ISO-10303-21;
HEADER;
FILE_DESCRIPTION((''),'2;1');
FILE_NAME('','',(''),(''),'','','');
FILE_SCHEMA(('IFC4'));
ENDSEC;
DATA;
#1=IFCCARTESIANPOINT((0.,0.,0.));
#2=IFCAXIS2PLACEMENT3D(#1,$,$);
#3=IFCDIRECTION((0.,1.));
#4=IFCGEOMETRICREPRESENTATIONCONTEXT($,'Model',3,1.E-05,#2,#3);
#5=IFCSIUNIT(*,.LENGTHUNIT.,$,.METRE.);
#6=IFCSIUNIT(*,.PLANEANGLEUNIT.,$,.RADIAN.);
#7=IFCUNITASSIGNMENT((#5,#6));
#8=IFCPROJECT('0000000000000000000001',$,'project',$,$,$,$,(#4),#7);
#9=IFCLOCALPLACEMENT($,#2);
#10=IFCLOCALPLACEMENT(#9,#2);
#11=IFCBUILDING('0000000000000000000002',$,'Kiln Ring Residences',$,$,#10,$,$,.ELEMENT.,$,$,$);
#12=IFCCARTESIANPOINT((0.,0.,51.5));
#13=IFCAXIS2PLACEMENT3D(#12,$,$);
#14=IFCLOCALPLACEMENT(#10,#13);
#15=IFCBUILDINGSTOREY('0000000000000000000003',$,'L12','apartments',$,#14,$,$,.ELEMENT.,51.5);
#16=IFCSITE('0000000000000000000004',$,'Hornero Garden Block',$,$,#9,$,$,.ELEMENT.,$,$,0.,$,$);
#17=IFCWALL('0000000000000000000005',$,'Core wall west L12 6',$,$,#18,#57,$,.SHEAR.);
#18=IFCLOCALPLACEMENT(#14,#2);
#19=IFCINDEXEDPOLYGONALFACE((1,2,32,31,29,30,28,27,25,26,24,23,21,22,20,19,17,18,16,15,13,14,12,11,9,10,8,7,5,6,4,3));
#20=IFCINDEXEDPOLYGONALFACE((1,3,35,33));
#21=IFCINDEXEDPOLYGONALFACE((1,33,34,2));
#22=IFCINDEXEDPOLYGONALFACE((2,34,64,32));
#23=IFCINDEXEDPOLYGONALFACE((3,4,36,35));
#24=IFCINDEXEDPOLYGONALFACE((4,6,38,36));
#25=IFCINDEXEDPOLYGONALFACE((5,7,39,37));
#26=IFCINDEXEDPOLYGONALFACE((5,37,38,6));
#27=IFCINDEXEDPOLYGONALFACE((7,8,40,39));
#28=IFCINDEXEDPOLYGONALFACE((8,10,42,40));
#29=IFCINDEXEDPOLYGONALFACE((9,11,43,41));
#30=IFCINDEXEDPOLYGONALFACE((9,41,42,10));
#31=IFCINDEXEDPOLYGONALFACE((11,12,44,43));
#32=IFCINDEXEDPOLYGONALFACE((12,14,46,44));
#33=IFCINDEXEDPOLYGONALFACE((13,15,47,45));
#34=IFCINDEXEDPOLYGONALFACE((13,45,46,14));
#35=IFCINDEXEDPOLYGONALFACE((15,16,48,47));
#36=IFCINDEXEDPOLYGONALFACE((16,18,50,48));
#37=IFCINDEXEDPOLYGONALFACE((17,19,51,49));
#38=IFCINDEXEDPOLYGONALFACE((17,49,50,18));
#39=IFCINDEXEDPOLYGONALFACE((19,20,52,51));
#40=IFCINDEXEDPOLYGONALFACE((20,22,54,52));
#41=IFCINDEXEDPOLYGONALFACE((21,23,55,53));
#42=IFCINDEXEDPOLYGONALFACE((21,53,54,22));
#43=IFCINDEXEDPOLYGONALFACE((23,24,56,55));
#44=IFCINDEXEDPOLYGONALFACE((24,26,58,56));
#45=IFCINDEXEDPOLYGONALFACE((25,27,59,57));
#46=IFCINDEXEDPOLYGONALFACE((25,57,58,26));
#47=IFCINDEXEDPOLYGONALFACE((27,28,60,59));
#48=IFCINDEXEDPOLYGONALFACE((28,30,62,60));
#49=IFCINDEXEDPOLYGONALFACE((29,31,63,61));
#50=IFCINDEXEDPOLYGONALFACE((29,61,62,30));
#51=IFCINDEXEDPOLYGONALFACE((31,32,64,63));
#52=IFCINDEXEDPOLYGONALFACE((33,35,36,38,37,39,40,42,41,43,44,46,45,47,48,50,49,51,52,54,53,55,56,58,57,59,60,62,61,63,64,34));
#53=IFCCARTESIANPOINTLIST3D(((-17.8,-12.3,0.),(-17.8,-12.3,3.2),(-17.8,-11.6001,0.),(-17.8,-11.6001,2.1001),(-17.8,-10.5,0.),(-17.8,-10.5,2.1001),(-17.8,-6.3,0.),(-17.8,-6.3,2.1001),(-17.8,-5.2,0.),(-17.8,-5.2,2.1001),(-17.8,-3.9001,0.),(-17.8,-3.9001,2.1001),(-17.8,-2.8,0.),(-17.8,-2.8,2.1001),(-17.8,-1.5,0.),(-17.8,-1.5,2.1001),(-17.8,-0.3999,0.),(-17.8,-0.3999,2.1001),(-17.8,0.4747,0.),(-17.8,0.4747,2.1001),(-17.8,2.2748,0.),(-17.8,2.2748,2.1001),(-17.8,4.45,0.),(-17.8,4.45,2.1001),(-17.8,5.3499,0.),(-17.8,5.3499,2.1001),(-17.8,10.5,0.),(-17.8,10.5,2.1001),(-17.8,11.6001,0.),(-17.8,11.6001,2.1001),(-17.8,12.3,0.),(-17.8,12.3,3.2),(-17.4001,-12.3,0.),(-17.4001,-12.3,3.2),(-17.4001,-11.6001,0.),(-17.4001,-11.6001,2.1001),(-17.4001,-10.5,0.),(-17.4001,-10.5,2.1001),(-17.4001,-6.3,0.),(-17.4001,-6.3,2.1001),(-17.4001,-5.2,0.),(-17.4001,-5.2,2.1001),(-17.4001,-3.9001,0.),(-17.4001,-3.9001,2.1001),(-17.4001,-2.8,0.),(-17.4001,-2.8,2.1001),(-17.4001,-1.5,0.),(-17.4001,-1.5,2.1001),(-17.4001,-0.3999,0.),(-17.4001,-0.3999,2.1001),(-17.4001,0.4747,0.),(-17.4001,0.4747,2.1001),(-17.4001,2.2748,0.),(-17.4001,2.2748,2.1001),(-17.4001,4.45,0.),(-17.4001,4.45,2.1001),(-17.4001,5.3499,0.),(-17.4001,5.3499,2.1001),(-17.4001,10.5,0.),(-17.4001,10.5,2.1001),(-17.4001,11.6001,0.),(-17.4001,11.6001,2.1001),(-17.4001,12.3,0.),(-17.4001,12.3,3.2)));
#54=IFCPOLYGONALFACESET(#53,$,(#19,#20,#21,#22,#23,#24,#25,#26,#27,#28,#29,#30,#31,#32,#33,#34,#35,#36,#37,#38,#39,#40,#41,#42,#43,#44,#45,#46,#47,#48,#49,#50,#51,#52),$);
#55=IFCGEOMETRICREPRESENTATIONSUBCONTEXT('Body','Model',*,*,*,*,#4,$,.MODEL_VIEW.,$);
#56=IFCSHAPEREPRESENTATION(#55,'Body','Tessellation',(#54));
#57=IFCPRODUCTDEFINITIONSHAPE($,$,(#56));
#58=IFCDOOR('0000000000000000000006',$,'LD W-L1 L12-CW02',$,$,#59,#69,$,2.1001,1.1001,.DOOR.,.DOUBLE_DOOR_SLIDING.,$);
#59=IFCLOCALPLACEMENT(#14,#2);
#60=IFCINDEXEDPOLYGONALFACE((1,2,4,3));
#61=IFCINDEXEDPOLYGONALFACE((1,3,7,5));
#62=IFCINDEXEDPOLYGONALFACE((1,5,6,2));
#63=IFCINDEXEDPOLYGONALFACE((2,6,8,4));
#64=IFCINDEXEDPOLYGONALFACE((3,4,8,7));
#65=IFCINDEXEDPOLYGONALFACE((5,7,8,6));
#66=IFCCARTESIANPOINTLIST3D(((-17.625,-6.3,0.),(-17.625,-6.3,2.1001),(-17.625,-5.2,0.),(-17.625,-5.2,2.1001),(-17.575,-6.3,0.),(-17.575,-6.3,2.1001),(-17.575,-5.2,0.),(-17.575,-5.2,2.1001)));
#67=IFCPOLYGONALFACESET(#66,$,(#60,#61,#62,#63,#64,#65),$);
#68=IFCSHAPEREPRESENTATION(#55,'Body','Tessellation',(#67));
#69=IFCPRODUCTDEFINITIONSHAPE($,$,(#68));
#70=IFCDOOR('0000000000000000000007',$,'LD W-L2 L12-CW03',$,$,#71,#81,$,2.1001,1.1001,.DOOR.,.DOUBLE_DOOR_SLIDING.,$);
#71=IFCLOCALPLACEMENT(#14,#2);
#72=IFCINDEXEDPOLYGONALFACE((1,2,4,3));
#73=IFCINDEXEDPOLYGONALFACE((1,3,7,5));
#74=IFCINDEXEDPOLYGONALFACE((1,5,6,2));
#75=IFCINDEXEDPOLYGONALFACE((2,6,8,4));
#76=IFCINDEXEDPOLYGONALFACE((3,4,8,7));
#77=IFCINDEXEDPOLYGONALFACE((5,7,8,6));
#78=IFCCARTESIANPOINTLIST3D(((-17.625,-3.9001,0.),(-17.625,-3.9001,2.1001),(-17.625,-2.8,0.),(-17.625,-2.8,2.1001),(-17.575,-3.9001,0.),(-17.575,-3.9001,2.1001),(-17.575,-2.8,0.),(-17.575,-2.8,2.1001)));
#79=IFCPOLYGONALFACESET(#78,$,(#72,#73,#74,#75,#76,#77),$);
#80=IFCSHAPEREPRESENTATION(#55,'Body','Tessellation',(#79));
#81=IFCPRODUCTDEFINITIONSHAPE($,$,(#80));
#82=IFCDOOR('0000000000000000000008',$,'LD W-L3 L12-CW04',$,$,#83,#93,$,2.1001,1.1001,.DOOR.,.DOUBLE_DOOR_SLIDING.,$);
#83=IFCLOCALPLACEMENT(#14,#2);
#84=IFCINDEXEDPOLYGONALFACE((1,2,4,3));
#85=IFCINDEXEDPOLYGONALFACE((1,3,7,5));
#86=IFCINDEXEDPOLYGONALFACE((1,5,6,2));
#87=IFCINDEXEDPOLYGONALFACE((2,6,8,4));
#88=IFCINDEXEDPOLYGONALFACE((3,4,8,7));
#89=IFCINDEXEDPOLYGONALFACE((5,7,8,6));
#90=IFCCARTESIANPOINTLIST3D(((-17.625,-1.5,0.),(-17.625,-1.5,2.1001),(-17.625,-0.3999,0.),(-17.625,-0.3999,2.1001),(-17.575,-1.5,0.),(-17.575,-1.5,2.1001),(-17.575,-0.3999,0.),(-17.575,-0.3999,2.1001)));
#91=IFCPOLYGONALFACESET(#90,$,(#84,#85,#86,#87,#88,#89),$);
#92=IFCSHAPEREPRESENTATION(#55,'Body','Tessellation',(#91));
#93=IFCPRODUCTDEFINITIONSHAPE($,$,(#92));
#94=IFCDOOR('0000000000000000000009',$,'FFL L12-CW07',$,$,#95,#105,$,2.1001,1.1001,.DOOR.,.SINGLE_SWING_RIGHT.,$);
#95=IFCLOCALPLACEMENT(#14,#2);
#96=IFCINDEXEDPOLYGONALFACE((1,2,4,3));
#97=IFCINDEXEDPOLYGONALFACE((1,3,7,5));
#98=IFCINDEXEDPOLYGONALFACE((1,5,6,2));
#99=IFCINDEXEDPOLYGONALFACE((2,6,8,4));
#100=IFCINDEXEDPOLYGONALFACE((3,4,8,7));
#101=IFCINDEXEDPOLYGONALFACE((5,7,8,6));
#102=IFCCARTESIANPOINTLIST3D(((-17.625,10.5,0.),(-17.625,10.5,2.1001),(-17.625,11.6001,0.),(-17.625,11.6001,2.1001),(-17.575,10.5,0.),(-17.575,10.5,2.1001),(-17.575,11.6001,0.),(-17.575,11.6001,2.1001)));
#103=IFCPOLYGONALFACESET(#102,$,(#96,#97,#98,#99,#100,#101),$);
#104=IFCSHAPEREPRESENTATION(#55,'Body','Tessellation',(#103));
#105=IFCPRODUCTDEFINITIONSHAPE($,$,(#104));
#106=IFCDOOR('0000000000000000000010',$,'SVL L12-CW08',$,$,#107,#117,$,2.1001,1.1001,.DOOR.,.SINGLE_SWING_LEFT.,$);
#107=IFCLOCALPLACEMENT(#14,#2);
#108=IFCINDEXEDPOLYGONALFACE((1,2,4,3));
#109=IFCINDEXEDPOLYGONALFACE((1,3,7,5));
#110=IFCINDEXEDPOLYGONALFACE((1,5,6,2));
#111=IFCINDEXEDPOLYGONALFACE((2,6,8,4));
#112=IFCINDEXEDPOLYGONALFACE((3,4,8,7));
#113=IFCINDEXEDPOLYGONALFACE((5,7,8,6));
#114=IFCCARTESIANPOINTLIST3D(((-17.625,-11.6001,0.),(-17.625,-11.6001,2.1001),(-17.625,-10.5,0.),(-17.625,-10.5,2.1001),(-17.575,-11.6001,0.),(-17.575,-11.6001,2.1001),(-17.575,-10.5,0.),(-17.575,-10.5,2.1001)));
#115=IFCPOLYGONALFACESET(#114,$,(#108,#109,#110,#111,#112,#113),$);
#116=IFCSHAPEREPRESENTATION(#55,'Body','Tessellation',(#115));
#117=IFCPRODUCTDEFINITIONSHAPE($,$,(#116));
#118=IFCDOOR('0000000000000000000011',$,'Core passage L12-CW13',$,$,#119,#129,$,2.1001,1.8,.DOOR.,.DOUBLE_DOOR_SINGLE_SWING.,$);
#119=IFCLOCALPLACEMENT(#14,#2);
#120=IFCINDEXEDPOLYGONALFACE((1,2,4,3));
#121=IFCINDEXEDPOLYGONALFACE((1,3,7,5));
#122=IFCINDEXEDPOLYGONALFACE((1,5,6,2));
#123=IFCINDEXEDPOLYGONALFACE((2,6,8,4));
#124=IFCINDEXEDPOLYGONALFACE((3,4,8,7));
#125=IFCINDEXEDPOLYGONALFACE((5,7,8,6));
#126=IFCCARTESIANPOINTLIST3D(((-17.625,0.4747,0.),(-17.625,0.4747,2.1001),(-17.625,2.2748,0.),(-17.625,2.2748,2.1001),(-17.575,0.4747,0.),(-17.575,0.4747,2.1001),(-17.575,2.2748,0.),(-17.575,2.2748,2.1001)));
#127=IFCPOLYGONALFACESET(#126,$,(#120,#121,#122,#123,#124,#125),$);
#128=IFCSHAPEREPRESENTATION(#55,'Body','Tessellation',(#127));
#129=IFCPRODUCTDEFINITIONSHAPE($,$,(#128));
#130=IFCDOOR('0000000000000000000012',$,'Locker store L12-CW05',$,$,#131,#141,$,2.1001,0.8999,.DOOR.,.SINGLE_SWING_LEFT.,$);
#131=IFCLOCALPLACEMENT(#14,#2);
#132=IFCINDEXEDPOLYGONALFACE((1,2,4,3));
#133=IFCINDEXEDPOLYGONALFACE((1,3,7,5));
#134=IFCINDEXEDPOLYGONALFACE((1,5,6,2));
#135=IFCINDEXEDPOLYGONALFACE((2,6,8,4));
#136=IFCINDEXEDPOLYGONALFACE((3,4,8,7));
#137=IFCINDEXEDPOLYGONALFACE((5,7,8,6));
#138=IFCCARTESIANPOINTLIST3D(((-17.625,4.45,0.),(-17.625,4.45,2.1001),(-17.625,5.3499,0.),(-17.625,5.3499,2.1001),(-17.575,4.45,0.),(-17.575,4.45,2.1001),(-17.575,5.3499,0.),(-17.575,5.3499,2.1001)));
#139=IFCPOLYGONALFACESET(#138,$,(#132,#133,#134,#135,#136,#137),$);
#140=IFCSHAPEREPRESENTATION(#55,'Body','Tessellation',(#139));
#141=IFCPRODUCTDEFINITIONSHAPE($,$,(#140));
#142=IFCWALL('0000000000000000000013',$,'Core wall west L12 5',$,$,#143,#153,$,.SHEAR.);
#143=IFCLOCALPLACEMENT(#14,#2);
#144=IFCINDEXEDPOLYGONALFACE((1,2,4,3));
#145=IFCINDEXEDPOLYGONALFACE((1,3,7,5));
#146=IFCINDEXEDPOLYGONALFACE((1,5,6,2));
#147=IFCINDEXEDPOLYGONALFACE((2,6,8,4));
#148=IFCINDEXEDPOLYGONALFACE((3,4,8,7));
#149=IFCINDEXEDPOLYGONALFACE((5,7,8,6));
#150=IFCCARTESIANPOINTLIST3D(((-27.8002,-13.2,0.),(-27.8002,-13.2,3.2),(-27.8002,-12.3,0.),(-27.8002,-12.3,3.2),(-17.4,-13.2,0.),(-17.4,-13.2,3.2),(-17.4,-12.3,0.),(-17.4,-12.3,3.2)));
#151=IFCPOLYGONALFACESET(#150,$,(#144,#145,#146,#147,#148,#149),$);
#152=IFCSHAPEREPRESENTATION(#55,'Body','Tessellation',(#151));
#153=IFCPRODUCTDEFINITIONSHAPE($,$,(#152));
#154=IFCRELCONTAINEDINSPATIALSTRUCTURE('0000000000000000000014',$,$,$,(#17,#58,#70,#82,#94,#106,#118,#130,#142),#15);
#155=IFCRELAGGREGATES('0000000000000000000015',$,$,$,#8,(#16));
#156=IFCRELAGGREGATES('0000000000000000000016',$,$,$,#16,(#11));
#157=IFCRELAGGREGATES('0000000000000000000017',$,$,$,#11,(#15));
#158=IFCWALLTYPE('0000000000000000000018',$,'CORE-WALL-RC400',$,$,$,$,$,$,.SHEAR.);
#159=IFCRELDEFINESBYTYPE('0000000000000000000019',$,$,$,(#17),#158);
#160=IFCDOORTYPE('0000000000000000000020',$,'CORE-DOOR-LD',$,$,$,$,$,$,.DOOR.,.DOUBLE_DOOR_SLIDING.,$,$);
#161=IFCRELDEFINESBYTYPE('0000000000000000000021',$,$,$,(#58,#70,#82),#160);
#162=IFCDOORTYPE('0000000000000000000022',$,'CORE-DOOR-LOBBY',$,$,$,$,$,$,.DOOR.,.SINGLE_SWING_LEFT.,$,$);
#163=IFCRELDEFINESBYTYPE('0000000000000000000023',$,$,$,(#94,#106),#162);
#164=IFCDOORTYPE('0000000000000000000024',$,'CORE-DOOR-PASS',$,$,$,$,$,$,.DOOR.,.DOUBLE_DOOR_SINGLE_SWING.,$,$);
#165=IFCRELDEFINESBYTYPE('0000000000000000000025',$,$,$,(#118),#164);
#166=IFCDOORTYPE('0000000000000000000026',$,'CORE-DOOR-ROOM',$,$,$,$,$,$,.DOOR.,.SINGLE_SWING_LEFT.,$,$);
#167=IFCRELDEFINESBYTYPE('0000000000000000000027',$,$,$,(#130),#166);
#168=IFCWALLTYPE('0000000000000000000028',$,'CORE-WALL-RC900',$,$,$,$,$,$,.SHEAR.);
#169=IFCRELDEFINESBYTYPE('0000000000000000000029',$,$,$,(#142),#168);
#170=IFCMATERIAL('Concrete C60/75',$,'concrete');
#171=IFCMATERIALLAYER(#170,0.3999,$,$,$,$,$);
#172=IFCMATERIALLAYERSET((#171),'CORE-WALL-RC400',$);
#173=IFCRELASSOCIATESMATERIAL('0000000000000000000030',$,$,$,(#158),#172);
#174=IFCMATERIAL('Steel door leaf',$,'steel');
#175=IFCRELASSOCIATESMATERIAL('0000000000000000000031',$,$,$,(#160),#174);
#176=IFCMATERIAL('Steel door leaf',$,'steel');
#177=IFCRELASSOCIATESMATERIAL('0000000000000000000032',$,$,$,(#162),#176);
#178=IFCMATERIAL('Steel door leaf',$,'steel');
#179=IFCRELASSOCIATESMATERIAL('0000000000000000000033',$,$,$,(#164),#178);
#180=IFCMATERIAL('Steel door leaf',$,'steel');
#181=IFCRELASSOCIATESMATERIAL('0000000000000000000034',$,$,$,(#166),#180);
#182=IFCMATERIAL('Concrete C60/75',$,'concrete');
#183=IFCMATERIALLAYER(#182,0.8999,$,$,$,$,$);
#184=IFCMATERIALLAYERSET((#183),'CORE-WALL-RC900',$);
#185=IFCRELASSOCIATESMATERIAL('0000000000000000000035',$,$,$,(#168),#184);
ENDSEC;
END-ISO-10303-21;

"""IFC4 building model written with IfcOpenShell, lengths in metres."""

from ifc_helpers import new_model, si_unit, direction, frame, frame_2d, origin, place, context, subcontext, project, spatial, rectangle, extrude, material, layer, layer_set, type_object, element, fill, save


model = new_model("IFC4")

# Units and contexts
model_context = context("Model", 3, precision=1e-05, world=origin(), true_north=direction((0.0, 1.0)))
body_context = subcontext(model_context, "Body", "Model", "MODEL_VIEW")
ifc_project = project(units=[si_unit("LENGTHUNIT", "METRE"), si_unit("PLANEANGLEUNIT", "RADIAN")], contexts=[model_context])

# Site, building, storey
site_placement = place(None, origin())
site = spatial("IfcSite", under=ifc_project, at=site_placement, Name="Hornero Garden Block", CompositionType="ELEMENT", RefElevation=0.0)
building_placement = place(site_placement, origin())
building = spatial("IfcBuilding", under=site, at=building_placement, Name="Kiln Ring Residences", CompositionType="ELEMENT")
storey_placement = place(building_placement, frame((0.0, 0.0, 51.5)))
storey = spatial("IfcBuildingStorey", under=building, at=storey_placement, Name="L12", Description="apartments", CompositionType="ELEMENT", Elevation=51.5)

# Wall, openings, doors
ifc_material_1 = material(Name="Concrete C60/75", Category="concrete")
ifc_layer_1 = layer(ifc_material_1, 0.3999)
ifc_layer_set_1 = layer_set([ifc_layer_1], Name="CORE-WALL-RC400")
wall_type_1 = type_object("IfcWallType", Name="CORE-WALL-RC400", PredefinedType="SHEAR", material=ifc_layer_set_1)
wall_1_placement = place(storey_placement, frame((-17.6001, -12.3, 0.0), z_axis=(0.0, 0.0, 1.0), x_axis=(0.0, 1.0, 0.0)))
wall_1 = element("IfcWall", 1, at=wall_1_placement, inside=storey, type_object=wall_type_1, Name="Core wall west L12 6", PredefinedType="SHEAR", context=body_context, shape_type="SweptSolid", body=[
    extrude(rectangle(XDim=24.6001, YDim=0.3999, at=frame_2d((12.3, 0.0))), origin(), (0.0, 0.0, 1.0), 3.2),
])
opening_1_placement = place(wall_1_placement, frame((6.0, 0.0, 0.0)))
opening_1 = element("IfcOpeningElement", 2, at=opening_1_placement, cuts=wall_1, PredefinedType="OPENING", context=body_context, shape_type="SweptSolid", body=[
    extrude(rectangle(XDim=1.1001, YDim=2.1001, at=frame_2d((0.55, 1.05))), frame((0.0, 0.21, 0.0), z_axis=(0.0, -1.0, 0.0), x_axis=(1.0, 0.0, 0.0)), (0.0, 0.0, 1.0), 0.4199),
])
opening_2_placement = place(wall_1_placement, frame((8.3999, 0.0, 0.0)))
opening_2 = element("IfcOpeningElement", 3, at=opening_2_placement, cuts=wall_1, PredefinedType="OPENING", context=body_context, shape_type="SweptSolid", body=[
    extrude(rectangle(XDim=1.1001, YDim=2.1001, at=frame_2d((0.55, 1.05))), frame((0.0, 0.21, 0.0), z_axis=(0.0, -1.0, 0.0), x_axis=(1.0, 0.0, 0.0)), (0.0, 0.0, 1.0), 0.4199),
])
opening_3_placement = place(wall_1_placement, frame((10.8, 0.0, 0.0)))
opening_3 = element("IfcOpeningElement", 4, at=opening_3_placement, cuts=wall_1, PredefinedType="OPENING", context=body_context, shape_type="SweptSolid", body=[
    extrude(rectangle(XDim=1.1001, YDim=2.1001, at=frame_2d((0.55, 1.05))), frame((0.0, 0.21, 0.0), z_axis=(0.0, -1.0, 0.0), x_axis=(1.0, 0.0, 0.0)), (0.0, 0.0, 1.0), 0.4199),
])
opening_4_placement = place(wall_1_placement, frame((16.75, 0.0, 0.0)))
opening_4 = element("IfcOpeningElement", 5, at=opening_4_placement, cuts=wall_1, PredefinedType="OPENING", context=body_context, shape_type="SweptSolid", body=[
    extrude(rectangle(XDim=0.8999, YDim=2.1001, at=frame_2d((0.45, 1.05))), frame((0.0, 0.21, 0.0), z_axis=(0.0, -1.0, 0.0), x_axis=(1.0, 0.0, 0.0)), (0.0, 0.0, 1.0), 0.4199),
])
opening_5_placement = place(wall_1_placement, frame((22.8, 0.0, 0.0)))
opening_5 = element("IfcOpeningElement", 6, at=opening_5_placement, cuts=wall_1, PredefinedType="OPENING", context=body_context, shape_type="SweptSolid", body=[
    extrude(rectangle(XDim=1.1001, YDim=2.1001, at=frame_2d((0.55, 1.05))), frame((0.0, 0.21, 0.0), z_axis=(0.0, -1.0, 0.0), x_axis=(1.0, 0.0, 0.0)), (0.0, 0.0, 1.0), 0.4199),
])
opening_6_placement = place(wall_1_placement, frame((0.7, 0.0, 0.0)))
opening_6 = element("IfcOpeningElement", 7, at=opening_6_placement, cuts=wall_1, PredefinedType="OPENING", context=body_context, shape_type="SweptSolid", body=[
    extrude(rectangle(XDim=1.1001, YDim=2.1001, at=frame_2d((0.55, 1.05))), frame((0.0, 0.21, 0.0), z_axis=(0.0, -1.0, 0.0), x_axis=(1.0, 0.0, 0.0)), (0.0, 0.0, 1.0), 0.4199),
])
opening_7_placement = place(wall_1_placement, frame((12.7749, 0.0, 0.0)))
opening_7 = element("IfcOpeningElement", 8, at=opening_7_placement, cuts=wall_1, PredefinedType="OPENING", context=body_context, shape_type="SweptSolid", body=[
    extrude(rectangle(XDim=1.8, YDim=2.1001, at=frame_2d((0.8999, 1.05))), frame((0.0, 0.21, 0.0), z_axis=(0.0, -1.0, 0.0), x_axis=(1.0, 0.0, 0.0)), (0.0, 0.0, 1.0), 0.4199),
])
ifc_material_2 = material(Name="Steel door leaf", Category="steel")
door_type_1 = type_object("IfcDoorType", Name="CORE-DOOR-LD", OperationType="DOUBLE_DOOR_SLIDING", PredefinedType="DOOR", material=ifc_material_2)
door_1_placement = place(opening_1_placement, origin())
door_1 = element("IfcDoor", 9, at=door_1_placement, inside=storey, type_object=door_type_1, Name="LD W-L1 L12-CW02", OperationType="DOUBLE_DOOR_SLIDING", OverallHeight=2.1001, OverallWidth=1.1001, PredefinedType="DOOR", context=body_context, shape_type="SweptSolid", body=[
    extrude(rectangle(XDim=1.1001, YDim=2.1001, at=frame_2d((0.55, 1.05))), frame((0.0, 0.0249, 0.0), z_axis=(0.0, -1.0, 0.0), x_axis=(1.0, 0.0, 0.0)), (0.0, 0.0, 1.0), 0.05),
])
fill(opening_1, door_1)
door_2_placement = place(opening_2_placement, origin())
door_2 = element("IfcDoor", 10, at=door_2_placement, inside=storey, type_object=door_type_1, Name="LD W-L2 L12-CW03", OperationType="DOUBLE_DOOR_SLIDING", OverallHeight=2.1001, OverallWidth=1.1001, PredefinedType="DOOR", context=body_context, shape_type="SweptSolid", body=[
    extrude(rectangle(XDim=1.1001, YDim=2.1001, at=frame_2d((0.55, 1.05))), frame((0.0, 0.0249, 0.0), z_axis=(0.0, -1.0, 0.0), x_axis=(1.0, 0.0, 0.0)), (0.0, 0.0, 1.0), 0.05),
])
fill(opening_2, door_2)
door_3_placement = place(opening_3_placement, origin())
door_3 = element("IfcDoor", 11, at=door_3_placement, inside=storey, type_object=door_type_1, Name="LD W-L3 L12-CW04", OperationType="DOUBLE_DOOR_SLIDING", OverallHeight=2.1001, OverallWidth=1.1001, PredefinedType="DOOR", context=body_context, shape_type="SweptSolid", body=[
    extrude(rectangle(XDim=1.1001, YDim=2.1001, at=frame_2d((0.55, 1.05))), frame((0.0, 0.0249, 0.0), z_axis=(0.0, -1.0, 0.0), x_axis=(1.0, 0.0, 0.0)), (0.0, 0.0, 1.0), 0.05),
])
fill(opening_3, door_3)
ifc_material_3 = material(Name="Steel door leaf", Category="steel")
door_type_2 = type_object("IfcDoorType", Name="CORE-DOOR-LOBBY", OperationType="SINGLE_SWING_LEFT", PredefinedType="DOOR", material=ifc_material_3)
door_4_placement = place(opening_5_placement, origin())
door_4 = element("IfcDoor", 12, at=door_4_placement, inside=storey, type_object=door_type_2, Name="FFL L12-CW07", OperationType="SINGLE_SWING_RIGHT", OverallHeight=2.1001, OverallWidth=1.1001, PredefinedType="DOOR", context=body_context, shape_type="SweptSolid", body=[
    extrude(rectangle(XDim=1.1001, YDim=2.1001, at=frame_2d((0.55, 1.05))), frame((0.0, 0.0249, 0.0), z_axis=(0.0, -1.0, 0.0), x_axis=(1.0, 0.0, 0.0)), (0.0, 0.0, 1.0), 0.05),
])
fill(opening_5, door_4)
door_5_placement = place(opening_6_placement, origin())
door_5 = element("IfcDoor", 13, at=door_5_placement, inside=storey, type_object=door_type_2, Name="SVL L12-CW08", OperationType="SINGLE_SWING_LEFT", OverallHeight=2.1001, OverallWidth=1.1001, PredefinedType="DOOR", context=body_context, shape_type="SweptSolid", body=[
    extrude(rectangle(XDim=1.1001, YDim=2.1001, at=frame_2d((0.55, 1.05))), frame((0.0, 0.0249, 0.0), z_axis=(0.0, -1.0, 0.0), x_axis=(1.0, 0.0, 0.0)), (0.0, 0.0, 1.0), 0.05),
])
fill(opening_6, door_5)
ifc_material_4 = material(Name="Steel door leaf", Category="steel")
door_type_3 = type_object("IfcDoorType", Name="CORE-DOOR-PASS", OperationType="DOUBLE_DOOR_SINGLE_SWING", PredefinedType="DOOR", material=ifc_material_4)
door_6_placement = place(opening_7_placement, origin())
door_6 = element("IfcDoor", 14, at=door_6_placement, inside=storey, type_object=door_type_3, Name="Core passage L12-CW13", OperationType="DOUBLE_DOOR_SINGLE_SWING", OverallHeight=2.1001, OverallWidth=1.8, PredefinedType="DOOR", context=body_context, shape_type="SweptSolid", body=[
    extrude(rectangle(XDim=1.8, YDim=2.1001, at=frame_2d((0.8999, 1.05))), frame((0.0, 0.0249, 0.0), z_axis=(0.0, -1.0, 0.0), x_axis=(1.0, 0.0, 0.0)), (0.0, 0.0, 1.0), 0.05),
])
fill(opening_7, door_6)
ifc_material_5 = material(Name="Steel door leaf", Category="steel")
door_type_4 = type_object("IfcDoorType", Name="CORE-DOOR-ROOM", OperationType="SINGLE_SWING_LEFT", PredefinedType="DOOR", material=ifc_material_5)
door_7_placement = place(opening_4_placement, origin())
door_7 = element("IfcDoor", 15, at=door_7_placement, inside=storey, type_object=door_type_4, Name="Locker store L12-CW05", OperationType="SINGLE_SWING_LEFT", OverallHeight=2.1001, OverallWidth=0.8999, PredefinedType="DOOR", context=body_context, shape_type="SweptSolid", body=[
    extrude(rectangle(XDim=0.8999, YDim=2.1001, at=frame_2d((0.45, 1.05))), frame((0.0, 0.0249, 0.0), z_axis=(0.0, -1.0, 0.0), x_axis=(1.0, 0.0, 0.0)), (0.0, 0.0, 1.0), 0.05),
])
fill(opening_4, door_7)

# Wall
ifc_material_6 = material(Name="Concrete C60/75", Category="concrete")
ifc_layer_2 = layer(ifc_material_6, 0.8999)
ifc_layer_set_2 = layer_set([ifc_layer_2], Name="CORE-WALL-RC900")
wall_type_2 = type_object("IfcWallType", Name="CORE-WALL-RC900", PredefinedType="SHEAR", material=ifc_layer_set_2)
wall_2_placement = place(storey_placement, frame((-17.3999, -12.75, 0.0), z_axis=(0.0, 0.0, 1.0), x_axis=(-1.0, 0.0, 0.0)))
element("IfcWall", 16, at=wall_2_placement, inside=storey, type_object=wall_type_2, Name="Core wall west L12 5", PredefinedType="SHEAR", context=body_context, shape_type="SweptSolid", body=[
    extrude(rectangle(XDim=10.4001, YDim=0.8999, at=frame_2d((5.2002, 0.0))), origin(), (0.0, 0.0, 1.0), 3.2),
])

save(model, "model.ifc")
